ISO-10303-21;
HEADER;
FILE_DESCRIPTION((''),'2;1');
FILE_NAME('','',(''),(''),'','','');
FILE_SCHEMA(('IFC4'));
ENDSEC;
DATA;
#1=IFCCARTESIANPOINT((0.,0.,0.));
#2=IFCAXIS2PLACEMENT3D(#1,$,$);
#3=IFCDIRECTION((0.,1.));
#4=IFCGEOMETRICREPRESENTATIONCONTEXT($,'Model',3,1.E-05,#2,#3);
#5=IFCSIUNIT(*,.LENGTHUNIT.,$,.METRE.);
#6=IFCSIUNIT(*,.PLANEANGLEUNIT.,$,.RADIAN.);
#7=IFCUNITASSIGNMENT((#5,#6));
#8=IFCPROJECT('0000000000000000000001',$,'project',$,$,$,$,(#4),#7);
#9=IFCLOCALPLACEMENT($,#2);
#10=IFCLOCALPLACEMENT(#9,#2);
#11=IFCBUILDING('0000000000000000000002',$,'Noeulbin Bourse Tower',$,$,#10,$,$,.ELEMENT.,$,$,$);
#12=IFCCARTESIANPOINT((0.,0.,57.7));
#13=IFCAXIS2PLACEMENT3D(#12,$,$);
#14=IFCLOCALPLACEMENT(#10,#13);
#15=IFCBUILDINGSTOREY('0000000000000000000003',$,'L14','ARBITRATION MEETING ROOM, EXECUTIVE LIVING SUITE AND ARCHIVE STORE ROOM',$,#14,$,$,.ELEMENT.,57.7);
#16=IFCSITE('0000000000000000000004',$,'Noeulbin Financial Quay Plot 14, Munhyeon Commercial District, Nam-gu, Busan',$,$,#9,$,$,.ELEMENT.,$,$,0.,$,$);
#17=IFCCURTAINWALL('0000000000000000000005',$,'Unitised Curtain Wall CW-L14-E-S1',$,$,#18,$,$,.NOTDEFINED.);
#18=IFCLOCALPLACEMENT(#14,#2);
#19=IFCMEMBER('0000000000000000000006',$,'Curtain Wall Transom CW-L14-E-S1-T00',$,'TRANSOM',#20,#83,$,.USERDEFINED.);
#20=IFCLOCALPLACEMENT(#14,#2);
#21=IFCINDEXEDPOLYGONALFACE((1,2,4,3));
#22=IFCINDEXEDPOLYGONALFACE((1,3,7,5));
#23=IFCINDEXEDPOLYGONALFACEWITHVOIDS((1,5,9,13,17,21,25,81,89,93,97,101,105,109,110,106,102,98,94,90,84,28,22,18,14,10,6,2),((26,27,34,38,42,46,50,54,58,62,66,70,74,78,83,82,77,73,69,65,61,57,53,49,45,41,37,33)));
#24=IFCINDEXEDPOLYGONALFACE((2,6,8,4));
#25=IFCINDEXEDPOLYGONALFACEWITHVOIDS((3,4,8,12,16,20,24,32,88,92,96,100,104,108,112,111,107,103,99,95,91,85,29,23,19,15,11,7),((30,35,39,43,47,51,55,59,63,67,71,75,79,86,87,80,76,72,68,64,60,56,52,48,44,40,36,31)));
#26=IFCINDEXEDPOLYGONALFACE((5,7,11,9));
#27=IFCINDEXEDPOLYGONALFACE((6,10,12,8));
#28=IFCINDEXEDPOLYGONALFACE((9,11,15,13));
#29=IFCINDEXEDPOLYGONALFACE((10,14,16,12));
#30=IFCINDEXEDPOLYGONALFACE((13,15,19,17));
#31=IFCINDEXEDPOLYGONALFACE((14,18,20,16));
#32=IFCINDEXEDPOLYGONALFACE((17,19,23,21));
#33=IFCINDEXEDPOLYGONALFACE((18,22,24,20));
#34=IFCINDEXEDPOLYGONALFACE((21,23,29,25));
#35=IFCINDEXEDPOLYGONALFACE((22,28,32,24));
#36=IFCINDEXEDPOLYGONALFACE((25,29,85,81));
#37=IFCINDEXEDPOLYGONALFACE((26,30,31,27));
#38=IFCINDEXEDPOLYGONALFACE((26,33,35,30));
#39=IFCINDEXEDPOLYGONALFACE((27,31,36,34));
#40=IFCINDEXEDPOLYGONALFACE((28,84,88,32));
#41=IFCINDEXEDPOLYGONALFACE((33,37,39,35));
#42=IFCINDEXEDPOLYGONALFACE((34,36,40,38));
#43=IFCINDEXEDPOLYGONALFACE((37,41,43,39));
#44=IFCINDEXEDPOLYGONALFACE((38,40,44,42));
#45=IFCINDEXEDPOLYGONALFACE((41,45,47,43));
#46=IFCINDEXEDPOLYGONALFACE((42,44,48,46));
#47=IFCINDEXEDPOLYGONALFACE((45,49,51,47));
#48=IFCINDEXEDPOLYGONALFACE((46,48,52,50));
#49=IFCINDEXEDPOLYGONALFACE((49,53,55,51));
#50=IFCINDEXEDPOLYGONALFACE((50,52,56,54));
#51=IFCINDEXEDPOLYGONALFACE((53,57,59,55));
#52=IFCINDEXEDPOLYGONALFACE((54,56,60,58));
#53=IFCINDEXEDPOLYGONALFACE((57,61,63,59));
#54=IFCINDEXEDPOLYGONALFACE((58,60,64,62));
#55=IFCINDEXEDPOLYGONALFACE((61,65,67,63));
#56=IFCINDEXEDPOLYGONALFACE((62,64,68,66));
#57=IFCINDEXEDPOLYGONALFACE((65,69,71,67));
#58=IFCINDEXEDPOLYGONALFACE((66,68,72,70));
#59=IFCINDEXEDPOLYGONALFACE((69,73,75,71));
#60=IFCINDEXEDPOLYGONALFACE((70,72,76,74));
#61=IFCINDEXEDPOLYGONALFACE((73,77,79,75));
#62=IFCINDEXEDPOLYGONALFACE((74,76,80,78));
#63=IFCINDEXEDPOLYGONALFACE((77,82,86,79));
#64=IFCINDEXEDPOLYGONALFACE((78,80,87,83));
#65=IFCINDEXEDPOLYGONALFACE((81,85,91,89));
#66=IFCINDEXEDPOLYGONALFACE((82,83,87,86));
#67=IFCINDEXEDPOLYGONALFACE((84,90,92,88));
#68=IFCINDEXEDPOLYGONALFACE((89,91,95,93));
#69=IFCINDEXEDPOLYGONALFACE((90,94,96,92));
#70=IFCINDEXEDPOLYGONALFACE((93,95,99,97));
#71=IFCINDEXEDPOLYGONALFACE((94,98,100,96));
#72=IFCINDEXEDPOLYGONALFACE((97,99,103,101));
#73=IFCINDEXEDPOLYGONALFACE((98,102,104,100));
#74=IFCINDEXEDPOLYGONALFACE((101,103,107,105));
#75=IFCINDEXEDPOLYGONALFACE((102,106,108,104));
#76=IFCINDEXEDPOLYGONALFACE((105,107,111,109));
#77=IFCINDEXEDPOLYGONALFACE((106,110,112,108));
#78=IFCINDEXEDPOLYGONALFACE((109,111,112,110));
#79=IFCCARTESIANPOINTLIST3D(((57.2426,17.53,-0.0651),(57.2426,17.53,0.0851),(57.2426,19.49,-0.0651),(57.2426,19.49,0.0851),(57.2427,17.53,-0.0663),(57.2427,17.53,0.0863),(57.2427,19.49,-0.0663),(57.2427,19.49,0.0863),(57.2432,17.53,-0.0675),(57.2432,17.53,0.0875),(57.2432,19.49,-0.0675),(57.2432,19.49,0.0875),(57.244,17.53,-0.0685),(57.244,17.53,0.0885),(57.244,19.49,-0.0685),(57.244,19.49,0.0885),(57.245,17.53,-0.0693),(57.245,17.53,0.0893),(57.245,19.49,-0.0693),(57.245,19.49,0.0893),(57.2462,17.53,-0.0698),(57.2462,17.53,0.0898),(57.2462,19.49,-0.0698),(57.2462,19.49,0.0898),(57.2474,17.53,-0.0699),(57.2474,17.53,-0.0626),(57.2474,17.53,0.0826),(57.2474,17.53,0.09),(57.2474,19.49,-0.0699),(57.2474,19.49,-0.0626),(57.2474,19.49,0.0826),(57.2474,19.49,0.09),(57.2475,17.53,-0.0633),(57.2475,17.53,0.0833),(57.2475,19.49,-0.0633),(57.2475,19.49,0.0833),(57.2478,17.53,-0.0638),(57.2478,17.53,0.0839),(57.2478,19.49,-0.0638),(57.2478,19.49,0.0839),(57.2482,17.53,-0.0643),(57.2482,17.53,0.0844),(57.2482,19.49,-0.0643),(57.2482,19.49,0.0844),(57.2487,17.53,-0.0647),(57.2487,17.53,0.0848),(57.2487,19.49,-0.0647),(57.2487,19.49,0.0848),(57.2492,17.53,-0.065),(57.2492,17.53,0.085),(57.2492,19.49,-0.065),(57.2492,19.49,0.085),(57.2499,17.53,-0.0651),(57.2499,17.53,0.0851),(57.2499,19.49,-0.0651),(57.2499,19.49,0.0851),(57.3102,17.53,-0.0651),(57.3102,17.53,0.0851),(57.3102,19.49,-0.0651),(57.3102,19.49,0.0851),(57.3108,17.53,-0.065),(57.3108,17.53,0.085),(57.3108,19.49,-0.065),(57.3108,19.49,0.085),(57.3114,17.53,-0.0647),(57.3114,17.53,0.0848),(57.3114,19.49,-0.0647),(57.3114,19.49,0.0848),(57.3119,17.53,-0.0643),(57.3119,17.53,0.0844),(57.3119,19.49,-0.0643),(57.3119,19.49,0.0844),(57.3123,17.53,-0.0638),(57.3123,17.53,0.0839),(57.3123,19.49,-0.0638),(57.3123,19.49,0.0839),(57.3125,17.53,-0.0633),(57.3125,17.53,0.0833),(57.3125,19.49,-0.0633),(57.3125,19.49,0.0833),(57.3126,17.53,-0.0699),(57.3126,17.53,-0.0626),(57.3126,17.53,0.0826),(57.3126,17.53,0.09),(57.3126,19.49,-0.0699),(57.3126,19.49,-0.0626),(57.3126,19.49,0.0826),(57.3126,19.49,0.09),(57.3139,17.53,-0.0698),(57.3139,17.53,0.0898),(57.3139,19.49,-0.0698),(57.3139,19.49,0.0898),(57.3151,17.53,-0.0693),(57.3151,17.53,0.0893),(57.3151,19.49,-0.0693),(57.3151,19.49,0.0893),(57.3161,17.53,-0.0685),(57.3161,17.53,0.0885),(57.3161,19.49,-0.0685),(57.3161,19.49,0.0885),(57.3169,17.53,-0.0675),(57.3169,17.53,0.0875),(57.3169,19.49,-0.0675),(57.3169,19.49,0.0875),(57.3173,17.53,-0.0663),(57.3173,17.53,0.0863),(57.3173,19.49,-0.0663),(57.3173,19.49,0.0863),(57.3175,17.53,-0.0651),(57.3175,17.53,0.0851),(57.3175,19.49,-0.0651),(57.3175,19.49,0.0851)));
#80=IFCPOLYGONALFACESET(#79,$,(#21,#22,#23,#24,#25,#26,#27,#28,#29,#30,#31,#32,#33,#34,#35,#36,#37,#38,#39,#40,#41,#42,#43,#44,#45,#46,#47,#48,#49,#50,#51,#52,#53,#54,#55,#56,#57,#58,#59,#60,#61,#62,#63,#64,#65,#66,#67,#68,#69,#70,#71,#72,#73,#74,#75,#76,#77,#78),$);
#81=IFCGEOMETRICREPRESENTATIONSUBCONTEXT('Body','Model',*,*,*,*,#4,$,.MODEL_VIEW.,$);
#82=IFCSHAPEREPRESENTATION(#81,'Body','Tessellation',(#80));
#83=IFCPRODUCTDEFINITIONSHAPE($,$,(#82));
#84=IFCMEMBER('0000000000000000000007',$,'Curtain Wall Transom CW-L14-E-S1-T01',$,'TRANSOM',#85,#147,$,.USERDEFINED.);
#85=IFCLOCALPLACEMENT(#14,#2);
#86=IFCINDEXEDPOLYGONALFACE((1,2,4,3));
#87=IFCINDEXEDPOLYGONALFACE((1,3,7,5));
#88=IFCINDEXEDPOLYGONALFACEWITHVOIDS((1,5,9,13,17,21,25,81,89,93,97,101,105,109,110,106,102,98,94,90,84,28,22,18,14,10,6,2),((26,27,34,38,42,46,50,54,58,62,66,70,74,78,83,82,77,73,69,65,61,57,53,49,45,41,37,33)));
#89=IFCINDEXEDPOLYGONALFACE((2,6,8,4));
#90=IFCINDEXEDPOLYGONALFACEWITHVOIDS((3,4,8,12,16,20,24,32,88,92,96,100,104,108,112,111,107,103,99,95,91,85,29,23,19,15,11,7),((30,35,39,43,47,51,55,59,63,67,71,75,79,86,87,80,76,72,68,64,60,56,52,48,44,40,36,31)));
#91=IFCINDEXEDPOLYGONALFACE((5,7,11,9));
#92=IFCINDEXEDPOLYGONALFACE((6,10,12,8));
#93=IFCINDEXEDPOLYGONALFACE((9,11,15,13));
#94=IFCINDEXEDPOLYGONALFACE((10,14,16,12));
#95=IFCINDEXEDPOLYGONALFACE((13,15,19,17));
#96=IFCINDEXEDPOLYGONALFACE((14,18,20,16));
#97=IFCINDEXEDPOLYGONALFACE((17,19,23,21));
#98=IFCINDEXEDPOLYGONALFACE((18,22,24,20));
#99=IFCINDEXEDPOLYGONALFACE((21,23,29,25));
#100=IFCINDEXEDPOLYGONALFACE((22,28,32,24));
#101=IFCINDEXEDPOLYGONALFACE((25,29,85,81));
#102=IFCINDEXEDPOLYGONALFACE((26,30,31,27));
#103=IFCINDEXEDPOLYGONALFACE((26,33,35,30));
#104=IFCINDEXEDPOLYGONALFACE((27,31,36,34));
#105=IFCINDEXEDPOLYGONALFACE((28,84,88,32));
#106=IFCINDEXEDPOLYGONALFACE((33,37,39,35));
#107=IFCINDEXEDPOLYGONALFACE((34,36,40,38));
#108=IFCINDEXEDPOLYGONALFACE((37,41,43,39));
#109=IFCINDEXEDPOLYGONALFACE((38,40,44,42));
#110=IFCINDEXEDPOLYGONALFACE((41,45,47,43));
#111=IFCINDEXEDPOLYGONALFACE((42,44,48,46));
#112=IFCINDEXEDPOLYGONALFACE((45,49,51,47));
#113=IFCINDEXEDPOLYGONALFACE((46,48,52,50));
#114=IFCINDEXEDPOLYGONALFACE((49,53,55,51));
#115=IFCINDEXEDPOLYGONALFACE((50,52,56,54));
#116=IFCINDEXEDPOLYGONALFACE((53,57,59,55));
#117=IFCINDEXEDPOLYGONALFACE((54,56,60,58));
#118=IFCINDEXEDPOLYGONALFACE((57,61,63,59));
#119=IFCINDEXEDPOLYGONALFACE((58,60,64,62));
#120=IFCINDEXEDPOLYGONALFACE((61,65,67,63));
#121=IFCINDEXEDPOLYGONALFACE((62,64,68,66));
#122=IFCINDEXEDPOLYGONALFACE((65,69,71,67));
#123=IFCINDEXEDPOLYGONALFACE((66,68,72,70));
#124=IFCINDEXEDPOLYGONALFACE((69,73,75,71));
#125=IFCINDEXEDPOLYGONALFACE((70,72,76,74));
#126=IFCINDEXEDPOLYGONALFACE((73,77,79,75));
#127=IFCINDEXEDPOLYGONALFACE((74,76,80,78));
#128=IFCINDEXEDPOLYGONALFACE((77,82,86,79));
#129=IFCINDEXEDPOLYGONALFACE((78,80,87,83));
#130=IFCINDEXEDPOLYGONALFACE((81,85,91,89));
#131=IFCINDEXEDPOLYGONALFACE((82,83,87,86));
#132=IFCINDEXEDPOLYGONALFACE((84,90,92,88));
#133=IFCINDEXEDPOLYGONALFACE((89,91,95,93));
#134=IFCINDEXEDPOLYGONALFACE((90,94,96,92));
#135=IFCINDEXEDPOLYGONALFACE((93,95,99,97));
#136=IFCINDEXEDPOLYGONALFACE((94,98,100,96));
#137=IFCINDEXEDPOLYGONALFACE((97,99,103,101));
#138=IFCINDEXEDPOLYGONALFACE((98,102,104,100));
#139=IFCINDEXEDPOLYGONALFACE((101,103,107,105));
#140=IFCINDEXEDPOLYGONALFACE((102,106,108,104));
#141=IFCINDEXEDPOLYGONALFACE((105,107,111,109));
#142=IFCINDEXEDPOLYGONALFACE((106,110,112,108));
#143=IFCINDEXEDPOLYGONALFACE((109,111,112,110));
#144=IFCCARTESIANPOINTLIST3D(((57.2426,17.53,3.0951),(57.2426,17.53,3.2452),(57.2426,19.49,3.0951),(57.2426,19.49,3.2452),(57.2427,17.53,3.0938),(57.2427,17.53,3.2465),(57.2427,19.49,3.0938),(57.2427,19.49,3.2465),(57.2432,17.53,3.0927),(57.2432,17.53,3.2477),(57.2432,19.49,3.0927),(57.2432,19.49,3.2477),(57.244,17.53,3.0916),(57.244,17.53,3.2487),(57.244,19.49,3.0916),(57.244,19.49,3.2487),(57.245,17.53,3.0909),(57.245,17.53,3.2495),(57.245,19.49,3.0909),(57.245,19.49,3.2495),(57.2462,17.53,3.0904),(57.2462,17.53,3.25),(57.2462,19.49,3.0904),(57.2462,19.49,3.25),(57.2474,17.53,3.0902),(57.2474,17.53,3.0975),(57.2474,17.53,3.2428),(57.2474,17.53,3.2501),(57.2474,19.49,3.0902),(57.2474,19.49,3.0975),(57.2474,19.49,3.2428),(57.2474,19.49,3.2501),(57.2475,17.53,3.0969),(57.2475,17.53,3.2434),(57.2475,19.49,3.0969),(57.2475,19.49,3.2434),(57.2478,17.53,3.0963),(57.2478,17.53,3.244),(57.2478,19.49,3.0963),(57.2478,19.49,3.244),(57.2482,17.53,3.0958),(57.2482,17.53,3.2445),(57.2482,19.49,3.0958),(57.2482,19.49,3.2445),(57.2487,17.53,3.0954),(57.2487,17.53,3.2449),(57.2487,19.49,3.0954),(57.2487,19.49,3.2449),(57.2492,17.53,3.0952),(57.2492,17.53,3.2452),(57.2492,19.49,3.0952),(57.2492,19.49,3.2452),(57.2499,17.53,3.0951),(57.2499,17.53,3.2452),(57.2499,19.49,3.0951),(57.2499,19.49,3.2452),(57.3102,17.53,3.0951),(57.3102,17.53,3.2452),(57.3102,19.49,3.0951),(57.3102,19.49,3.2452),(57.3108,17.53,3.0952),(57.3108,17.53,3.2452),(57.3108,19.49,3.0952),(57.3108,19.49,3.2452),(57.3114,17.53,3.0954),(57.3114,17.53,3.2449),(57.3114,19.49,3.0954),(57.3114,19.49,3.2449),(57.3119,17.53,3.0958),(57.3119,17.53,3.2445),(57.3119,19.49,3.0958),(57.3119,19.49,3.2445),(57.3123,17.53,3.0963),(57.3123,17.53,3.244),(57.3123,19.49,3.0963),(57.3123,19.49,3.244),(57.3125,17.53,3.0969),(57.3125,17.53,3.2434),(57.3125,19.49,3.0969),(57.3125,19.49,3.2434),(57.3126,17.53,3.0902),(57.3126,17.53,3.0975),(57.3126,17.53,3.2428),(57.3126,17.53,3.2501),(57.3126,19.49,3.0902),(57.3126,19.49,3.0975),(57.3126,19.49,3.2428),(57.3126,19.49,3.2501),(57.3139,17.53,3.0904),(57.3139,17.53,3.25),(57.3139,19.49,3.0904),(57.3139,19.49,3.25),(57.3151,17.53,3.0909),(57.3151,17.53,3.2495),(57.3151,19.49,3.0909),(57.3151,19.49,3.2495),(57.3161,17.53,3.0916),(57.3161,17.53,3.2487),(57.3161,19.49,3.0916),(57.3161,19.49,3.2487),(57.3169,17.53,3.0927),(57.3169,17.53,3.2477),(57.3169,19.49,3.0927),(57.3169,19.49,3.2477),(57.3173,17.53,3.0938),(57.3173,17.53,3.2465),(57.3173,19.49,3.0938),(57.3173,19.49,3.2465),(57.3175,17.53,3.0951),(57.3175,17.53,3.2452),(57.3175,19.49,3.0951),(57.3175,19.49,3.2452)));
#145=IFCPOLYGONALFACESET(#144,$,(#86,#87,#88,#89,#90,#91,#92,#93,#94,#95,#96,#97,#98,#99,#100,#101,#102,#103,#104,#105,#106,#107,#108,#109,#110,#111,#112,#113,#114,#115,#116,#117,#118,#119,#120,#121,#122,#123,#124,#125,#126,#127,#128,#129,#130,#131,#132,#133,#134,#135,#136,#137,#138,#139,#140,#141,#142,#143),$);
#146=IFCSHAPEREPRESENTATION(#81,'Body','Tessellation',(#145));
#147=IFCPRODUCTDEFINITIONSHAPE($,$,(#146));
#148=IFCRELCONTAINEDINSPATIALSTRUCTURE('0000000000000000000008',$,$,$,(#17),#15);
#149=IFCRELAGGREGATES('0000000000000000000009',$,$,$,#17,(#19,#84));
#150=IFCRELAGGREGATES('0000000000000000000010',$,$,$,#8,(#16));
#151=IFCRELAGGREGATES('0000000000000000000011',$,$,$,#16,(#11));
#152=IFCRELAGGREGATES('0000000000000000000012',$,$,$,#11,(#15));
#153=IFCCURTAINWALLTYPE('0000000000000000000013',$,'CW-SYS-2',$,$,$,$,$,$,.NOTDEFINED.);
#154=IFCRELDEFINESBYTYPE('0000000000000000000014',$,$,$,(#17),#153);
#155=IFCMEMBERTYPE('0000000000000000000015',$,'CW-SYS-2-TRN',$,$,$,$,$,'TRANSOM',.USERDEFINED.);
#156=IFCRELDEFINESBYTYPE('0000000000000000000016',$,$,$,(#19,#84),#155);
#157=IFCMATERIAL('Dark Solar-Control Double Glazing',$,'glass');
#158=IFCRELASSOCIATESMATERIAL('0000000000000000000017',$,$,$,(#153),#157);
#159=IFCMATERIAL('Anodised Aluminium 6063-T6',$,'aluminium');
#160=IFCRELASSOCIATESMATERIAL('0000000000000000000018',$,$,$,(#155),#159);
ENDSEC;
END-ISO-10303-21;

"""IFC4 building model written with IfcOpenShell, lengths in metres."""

from ifc_helpers import new_model, si_unit, direction, frame, origin, origin_2d, place, context, subcontext, project, spatial, hollow_rectangle, extrude, material, material_profile, profile_set, type_object, element, aggregate, save


model = new_model("IFC4")

# Units and contexts
model_context = context("Model", 3, precision=1e-05, world=origin(), true_north=direction((0.0, 1.0)))
body_context = subcontext(model_context, "Body", "Model", "MODEL_VIEW")
ifc_project = project(units=[si_unit("LENGTHUNIT", "METRE"), si_unit("PLANEANGLEUNIT", "RADIAN")], contexts=[model_context])

# Site, building, storey
site_placement = place(None, origin())
site = spatial("IfcSite", under=ifc_project, at=site_placement, Name="Noeulbin Financial Quay Plot 14, Munhyeon Commercial District, Nam-gu, Busan", CompositionType="ELEMENT", RefElevation=0.0)
building_placement = place(site_placement, origin())
building = spatial("IfcBuilding", under=site, at=building_placement, Name="Noeulbin Bourse Tower", CompositionType="ELEMENT")
storey_placement = place(building_placement, frame((0.0, 0.0, 57.7)))
storey = spatial("IfcBuildingStorey", under=building, at=storey_placement, Name="L14", Description="ARBITRATION MEETING ROOM, EXECUTIVE LIVING SUITE AND ARCHIVE STORE ROOM", CompositionType="ELEMENT", Elevation=57.7)

# Curtain wall
ifc_material_1 = material(Name="Dark Solar-Control Double Glazing", Category="glass")
curtain_wall_type = type_object("IfcCurtainWallType", Name="CW-SYS-2", PredefinedType="NOTDEFINED", material=ifc_material_1)
ifc_material_2 = material(Name="Anodised Aluminium 6063-T6", Category="aluminium")
curtain_wall_1_placement = place(storey_placement, origin())
curtain_wall_1 = element("IfcCurtainWall", 1, at=curtain_wall_1_placement, inside=storey, type_object=curtain_wall_type, Name="Unitised Curtain Wall CW-L14-E-S1", PredefinedType="NOTDEFINED")

# Members
ifc_material_profile_1 = material_profile(ifc_material_2, hollow_rectangle(XDim=0.075, YDim=0.1599, WallThickness=0.0049, InnerFilletRadius=0.0024, OuterFilletRadius=0.0049, at=origin_2d()), Name="ALU-TRAN-75x160x5", Category="LoadBearing")
ifc_profile_set_1 = profile_set([ifc_material_profile_1], Name="Anodised Aluminium 6063-T6")
member_type_1 = type_object("IfcMemberType", Name="CW-SYS-2-TRN", ElementType="TRANSOM", PredefinedType="USERDEFINED", material=ifc_profile_set_1)
member_1_placement = place(storey_placement, frame((57.28, 17.53, 0.01), z_axis=(0.0, 1.0, 0.0), x_axis=(-1.0, 0.0, 0.0)))
member_1 = element("IfcMember", 2, at=member_1_placement, type_object=member_type_1, Name="Curtain Wall Transom CW-L14-E-S1-T00", ObjectType="TRANSOM", PredefinedType="USERDEFINED", context=body_context, shape_type="SweptSolid", body=[
    extrude(hollow_rectangle(XDim=0.075, YDim=0.1599, WallThickness=0.0049, InnerFilletRadius=0.0024, OuterFilletRadius=0.0049, at=origin_2d()), origin(), (0.0, 0.0, 1.0), 1.96),
])
member_2_placement = place(storey_placement, frame((57.28, 17.53, 3.1702), z_axis=(0.0, 1.0, 0.0), x_axis=(-1.0, 0.0, 0.0)))
member_2 = element("IfcMember", 3, at=member_2_placement, type_object=member_type_1, Name="Curtain Wall Transom CW-L14-E-S1-T01", ObjectType="TRANSOM", PredefinedType="USERDEFINED", context=body_context, shape_type="SweptSolid", body=[
    extrude(hollow_rectangle(XDim=0.075, YDim=0.1599, WallThickness=0.0049, InnerFilletRadius=0.0024, OuterFilletRadius=0.0049, at=origin_2d()), origin(), (0.0, 0.0, 1.0), 1.96),
])

aggregate(curtain_wall_1, [member_1, member_2])

save(model, "model.ifc")
